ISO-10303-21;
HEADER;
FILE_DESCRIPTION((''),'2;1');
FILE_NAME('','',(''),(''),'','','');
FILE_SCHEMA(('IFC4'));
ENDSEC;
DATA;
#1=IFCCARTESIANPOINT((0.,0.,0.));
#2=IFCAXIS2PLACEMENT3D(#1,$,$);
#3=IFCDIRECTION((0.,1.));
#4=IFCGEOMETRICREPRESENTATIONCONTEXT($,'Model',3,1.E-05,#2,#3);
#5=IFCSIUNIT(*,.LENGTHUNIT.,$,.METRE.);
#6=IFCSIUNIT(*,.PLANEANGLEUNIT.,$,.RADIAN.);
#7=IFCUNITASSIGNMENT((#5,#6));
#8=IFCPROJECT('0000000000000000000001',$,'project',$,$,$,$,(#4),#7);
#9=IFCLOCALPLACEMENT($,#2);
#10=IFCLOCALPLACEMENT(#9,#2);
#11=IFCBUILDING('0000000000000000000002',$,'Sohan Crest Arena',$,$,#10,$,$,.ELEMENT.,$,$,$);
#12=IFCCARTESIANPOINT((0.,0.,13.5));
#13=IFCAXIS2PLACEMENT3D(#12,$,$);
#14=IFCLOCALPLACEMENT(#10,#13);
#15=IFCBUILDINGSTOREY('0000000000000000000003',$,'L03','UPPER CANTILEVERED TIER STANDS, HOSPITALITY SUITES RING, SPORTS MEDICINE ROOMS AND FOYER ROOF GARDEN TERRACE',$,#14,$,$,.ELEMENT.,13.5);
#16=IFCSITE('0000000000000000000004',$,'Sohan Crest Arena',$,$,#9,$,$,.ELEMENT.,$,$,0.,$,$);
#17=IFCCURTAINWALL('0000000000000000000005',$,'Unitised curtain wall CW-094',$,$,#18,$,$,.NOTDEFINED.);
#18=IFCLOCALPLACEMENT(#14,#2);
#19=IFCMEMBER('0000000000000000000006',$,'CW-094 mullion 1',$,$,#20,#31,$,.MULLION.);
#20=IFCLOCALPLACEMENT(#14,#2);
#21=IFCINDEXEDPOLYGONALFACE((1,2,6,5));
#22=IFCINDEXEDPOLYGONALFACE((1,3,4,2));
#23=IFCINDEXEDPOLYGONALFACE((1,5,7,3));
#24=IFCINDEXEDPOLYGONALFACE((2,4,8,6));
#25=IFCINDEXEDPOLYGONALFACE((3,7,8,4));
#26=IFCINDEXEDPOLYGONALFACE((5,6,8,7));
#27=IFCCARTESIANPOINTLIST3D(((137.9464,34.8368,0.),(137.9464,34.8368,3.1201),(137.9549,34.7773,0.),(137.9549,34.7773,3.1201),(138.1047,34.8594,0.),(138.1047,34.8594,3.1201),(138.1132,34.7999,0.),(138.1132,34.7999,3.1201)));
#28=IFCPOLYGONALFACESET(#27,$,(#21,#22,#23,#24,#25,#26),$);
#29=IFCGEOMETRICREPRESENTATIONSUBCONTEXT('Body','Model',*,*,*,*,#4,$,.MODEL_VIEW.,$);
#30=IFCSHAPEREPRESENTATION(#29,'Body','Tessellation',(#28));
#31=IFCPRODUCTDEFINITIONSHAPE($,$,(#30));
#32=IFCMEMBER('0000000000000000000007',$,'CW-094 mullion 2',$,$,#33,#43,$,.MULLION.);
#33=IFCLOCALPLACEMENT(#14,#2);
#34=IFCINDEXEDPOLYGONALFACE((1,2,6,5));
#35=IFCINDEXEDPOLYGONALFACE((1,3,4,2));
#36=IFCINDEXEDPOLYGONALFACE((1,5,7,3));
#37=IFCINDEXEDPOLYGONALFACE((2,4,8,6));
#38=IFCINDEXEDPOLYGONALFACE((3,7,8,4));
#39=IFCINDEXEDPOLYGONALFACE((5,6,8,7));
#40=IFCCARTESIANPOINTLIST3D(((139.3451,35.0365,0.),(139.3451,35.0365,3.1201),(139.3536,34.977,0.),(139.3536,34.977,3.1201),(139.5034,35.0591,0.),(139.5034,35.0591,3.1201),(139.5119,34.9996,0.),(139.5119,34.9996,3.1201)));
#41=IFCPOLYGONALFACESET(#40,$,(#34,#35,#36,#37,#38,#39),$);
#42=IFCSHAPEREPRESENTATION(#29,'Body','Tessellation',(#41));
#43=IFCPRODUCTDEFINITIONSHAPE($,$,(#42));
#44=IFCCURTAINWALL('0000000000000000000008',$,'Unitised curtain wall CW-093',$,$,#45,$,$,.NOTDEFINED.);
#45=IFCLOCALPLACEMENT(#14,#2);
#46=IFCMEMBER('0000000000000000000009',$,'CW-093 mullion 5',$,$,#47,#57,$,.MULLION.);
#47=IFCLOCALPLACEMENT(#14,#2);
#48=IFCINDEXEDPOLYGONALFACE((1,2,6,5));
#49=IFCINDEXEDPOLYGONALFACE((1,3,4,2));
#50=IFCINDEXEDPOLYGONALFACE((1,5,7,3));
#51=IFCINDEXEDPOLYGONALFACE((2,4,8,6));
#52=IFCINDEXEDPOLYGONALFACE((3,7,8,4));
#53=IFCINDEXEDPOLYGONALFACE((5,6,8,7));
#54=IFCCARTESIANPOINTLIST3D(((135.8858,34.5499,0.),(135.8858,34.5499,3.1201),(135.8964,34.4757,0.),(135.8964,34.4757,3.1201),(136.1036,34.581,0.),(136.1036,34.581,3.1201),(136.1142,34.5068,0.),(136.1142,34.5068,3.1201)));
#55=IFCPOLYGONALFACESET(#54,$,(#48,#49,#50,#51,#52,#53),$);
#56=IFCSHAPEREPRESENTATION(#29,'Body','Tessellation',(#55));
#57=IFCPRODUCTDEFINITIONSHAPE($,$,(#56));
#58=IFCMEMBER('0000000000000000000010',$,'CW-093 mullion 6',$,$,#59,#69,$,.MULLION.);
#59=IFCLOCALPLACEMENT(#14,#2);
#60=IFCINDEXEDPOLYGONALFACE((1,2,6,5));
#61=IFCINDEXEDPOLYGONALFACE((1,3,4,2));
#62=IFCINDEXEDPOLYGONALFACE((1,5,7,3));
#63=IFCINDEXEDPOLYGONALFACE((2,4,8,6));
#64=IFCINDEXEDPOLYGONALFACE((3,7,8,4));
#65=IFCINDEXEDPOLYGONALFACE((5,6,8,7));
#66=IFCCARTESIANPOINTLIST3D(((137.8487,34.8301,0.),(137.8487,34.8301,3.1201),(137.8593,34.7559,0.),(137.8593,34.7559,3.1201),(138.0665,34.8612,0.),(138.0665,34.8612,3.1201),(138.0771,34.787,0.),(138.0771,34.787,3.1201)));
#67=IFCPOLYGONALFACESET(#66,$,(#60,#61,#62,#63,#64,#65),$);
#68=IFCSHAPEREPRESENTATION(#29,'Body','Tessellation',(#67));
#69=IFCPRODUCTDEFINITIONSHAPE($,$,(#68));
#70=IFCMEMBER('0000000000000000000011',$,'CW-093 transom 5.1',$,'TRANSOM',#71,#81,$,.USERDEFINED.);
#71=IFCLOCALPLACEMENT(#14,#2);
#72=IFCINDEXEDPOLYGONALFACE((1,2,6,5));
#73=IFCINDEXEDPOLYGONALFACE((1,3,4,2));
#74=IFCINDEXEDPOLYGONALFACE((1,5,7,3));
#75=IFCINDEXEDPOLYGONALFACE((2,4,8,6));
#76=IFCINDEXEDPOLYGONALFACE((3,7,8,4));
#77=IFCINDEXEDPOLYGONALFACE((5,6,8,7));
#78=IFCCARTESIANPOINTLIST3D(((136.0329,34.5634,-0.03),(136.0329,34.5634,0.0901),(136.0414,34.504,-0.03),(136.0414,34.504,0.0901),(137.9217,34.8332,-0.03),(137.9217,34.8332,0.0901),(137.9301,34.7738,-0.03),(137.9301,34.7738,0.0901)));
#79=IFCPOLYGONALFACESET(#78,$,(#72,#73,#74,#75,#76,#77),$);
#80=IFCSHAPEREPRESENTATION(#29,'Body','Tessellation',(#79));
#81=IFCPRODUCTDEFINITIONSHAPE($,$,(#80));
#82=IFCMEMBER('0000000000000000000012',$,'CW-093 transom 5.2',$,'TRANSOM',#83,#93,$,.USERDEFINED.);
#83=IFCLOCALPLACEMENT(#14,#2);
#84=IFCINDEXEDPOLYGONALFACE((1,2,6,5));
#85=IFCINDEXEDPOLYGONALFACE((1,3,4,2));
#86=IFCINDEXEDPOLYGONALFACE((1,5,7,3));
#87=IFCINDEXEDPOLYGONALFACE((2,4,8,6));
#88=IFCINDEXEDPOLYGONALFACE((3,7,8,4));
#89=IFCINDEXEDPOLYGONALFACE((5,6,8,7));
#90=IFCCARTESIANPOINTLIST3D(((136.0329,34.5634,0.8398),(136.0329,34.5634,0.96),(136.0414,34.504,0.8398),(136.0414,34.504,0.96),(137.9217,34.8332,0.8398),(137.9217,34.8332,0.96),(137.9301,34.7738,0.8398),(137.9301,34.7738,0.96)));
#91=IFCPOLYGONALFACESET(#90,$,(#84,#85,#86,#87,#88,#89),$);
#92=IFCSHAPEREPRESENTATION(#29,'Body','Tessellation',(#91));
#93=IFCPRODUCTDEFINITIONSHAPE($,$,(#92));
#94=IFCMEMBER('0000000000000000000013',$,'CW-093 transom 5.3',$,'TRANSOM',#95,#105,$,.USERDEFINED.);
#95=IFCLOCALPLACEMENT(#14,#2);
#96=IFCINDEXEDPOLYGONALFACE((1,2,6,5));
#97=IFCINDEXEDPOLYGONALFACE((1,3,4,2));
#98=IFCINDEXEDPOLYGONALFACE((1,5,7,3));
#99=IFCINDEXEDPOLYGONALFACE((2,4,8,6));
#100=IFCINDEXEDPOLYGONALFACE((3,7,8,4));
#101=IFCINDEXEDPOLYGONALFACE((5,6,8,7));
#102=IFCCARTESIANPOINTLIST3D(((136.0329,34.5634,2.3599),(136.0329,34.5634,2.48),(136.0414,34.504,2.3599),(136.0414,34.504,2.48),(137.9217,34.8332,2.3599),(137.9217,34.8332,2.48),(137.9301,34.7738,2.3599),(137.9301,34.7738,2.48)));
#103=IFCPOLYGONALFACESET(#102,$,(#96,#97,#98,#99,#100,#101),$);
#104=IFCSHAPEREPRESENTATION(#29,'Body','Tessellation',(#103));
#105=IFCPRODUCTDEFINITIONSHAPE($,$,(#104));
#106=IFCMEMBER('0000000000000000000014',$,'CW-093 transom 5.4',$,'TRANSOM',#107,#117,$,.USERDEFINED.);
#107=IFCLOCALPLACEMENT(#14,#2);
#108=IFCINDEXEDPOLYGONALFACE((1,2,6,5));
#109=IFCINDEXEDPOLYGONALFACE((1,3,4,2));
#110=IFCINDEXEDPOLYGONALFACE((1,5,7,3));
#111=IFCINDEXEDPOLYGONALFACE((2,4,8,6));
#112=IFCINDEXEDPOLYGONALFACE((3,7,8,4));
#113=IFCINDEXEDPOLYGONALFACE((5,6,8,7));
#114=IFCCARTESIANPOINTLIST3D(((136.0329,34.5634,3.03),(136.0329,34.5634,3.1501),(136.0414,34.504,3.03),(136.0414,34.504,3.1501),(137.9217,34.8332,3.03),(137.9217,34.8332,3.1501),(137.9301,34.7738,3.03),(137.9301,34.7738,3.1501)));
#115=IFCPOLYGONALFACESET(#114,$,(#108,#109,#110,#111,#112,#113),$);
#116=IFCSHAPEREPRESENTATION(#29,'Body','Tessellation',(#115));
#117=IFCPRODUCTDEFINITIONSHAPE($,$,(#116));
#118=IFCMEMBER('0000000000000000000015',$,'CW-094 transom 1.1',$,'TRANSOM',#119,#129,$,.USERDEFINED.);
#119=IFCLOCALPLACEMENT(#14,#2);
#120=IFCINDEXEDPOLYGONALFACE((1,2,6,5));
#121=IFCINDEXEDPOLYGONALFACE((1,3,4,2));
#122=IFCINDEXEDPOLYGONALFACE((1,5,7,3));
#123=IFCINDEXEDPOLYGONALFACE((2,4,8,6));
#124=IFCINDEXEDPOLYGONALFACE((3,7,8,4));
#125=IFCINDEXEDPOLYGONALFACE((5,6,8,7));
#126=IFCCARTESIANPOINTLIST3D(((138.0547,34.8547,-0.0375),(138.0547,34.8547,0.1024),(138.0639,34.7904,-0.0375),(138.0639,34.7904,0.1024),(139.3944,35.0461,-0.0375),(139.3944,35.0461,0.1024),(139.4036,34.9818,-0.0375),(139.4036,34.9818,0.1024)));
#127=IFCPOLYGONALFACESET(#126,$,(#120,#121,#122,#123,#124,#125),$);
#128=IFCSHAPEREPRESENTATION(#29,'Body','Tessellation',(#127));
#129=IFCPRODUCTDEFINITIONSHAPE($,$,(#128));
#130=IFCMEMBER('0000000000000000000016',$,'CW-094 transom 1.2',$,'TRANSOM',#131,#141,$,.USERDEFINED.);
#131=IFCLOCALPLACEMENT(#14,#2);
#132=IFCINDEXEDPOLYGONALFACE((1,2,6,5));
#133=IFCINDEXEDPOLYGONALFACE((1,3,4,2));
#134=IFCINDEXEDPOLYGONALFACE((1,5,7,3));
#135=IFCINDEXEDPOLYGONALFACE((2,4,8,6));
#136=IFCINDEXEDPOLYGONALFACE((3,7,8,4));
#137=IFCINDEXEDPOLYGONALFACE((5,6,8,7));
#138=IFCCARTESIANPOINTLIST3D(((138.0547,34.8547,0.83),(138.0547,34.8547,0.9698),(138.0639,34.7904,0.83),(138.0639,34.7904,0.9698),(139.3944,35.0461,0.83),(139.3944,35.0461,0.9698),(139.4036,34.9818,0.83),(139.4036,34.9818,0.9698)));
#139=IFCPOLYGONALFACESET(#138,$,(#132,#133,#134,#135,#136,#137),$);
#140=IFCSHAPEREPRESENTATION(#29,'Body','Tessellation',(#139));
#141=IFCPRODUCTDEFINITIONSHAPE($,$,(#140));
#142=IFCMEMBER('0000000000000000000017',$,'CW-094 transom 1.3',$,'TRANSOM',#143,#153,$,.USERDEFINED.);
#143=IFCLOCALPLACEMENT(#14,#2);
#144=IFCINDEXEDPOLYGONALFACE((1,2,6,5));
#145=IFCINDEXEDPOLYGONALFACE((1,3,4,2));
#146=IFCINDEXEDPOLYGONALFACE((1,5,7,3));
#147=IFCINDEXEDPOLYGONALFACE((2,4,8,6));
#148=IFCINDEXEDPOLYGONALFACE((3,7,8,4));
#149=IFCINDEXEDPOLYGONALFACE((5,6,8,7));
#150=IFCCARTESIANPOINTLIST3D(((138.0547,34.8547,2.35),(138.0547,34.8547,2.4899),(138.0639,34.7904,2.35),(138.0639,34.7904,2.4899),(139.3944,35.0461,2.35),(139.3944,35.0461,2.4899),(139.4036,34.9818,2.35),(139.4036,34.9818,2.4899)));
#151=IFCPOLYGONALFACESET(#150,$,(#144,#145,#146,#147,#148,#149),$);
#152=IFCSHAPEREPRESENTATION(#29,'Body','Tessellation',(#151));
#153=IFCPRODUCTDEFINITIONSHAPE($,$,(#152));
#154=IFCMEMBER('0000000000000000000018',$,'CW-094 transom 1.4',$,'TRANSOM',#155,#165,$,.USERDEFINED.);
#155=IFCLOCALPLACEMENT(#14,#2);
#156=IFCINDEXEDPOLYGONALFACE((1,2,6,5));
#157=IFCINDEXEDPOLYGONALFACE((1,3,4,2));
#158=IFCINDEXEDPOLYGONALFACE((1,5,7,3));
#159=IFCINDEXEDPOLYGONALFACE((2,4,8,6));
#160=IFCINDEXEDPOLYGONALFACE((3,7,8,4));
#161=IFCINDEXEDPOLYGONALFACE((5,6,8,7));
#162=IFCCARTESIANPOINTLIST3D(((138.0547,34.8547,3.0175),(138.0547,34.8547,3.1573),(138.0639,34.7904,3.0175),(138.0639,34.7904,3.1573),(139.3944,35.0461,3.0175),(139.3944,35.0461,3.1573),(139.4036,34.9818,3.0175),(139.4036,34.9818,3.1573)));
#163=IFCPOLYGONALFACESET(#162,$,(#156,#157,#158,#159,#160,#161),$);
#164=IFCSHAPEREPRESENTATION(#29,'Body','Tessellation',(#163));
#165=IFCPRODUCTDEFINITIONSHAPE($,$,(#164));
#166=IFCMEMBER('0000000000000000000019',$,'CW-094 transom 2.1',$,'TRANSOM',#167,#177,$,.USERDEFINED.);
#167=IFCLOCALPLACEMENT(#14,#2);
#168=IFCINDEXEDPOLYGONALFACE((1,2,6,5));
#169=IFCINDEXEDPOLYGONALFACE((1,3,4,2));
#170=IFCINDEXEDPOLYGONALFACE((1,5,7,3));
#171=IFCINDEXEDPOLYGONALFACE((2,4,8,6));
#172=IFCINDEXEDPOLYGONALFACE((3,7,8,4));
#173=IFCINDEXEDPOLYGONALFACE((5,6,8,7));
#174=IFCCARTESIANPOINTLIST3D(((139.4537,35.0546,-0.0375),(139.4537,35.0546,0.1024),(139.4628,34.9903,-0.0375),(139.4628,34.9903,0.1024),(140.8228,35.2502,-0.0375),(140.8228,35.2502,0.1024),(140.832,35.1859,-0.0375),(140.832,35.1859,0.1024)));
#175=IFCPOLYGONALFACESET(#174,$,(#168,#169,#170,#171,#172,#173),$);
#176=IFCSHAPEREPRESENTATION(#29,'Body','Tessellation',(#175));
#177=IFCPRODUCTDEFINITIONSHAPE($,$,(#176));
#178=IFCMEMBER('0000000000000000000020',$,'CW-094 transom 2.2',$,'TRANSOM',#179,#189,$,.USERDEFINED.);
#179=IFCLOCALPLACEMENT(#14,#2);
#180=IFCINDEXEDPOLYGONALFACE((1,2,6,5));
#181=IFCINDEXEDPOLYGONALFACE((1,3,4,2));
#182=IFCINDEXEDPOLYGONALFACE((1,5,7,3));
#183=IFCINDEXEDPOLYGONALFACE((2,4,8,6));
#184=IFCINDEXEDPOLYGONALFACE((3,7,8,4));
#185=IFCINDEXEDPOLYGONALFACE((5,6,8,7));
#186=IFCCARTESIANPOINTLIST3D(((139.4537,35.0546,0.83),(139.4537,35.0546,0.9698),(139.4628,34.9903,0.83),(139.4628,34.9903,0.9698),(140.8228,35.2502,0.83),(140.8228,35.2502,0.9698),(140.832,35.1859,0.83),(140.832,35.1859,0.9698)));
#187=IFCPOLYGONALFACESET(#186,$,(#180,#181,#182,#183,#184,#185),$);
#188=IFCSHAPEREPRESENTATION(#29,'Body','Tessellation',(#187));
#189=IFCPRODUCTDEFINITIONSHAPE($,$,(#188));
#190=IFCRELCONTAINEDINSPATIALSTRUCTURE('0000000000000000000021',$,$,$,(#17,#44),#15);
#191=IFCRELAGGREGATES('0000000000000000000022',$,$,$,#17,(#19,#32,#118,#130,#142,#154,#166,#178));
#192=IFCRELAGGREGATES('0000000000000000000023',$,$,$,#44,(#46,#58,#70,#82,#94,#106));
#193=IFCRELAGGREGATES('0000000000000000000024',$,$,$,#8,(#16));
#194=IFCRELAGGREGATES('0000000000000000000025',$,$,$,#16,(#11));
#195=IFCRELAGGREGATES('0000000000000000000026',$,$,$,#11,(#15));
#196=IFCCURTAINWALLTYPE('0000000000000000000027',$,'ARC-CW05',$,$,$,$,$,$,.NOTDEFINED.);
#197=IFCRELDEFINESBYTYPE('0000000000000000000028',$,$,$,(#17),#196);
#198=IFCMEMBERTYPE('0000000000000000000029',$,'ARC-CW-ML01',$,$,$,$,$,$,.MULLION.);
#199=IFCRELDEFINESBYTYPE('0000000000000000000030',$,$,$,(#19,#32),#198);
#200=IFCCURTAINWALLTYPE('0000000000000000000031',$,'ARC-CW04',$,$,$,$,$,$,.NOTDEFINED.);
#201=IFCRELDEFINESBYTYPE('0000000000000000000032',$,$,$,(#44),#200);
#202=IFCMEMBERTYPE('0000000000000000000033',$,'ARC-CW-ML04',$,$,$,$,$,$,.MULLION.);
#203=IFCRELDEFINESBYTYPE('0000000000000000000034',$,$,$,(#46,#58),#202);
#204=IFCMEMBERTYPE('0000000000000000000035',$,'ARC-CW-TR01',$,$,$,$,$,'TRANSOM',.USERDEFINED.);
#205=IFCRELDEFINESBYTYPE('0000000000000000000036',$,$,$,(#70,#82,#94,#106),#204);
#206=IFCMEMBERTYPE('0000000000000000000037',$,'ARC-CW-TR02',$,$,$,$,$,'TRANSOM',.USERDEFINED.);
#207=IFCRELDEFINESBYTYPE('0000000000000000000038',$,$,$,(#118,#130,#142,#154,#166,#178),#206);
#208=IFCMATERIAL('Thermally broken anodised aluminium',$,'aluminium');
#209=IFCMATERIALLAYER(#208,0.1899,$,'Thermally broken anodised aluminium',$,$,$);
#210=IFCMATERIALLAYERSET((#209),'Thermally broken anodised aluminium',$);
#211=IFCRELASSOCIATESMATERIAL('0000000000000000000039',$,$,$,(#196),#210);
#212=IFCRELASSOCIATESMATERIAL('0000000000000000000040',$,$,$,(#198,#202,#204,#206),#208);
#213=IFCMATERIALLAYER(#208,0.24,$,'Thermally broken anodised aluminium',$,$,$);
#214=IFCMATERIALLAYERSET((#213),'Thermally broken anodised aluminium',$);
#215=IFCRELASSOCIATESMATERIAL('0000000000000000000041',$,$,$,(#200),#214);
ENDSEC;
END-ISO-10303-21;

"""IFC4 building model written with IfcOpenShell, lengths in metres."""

from ifc_helpers import new_model, si_unit, direction, frame, origin, origin_2d, place, context, subcontext, project, spatial, rectangle, extrude, material, layer, layer_set, material_profile, profile_set, type_object, element, aggregate, save


model = new_model("IFC4")

# Units and contexts
model_context = context("Model", 3, precision=1e-05, world=origin(), true_north=direction((0.0, 1.0)))
body_context = subcontext(model_context, "Body", "Model", "MODEL_VIEW")
ifc_project = project(units=[si_unit("LENGTHUNIT", "METRE"), si_unit("PLANEANGLEUNIT", "RADIAN")], contexts=[model_context])

# Site, building, storey
site_placement = place(None, origin())
site = spatial("IfcSite", under=ifc_project, at=site_placement, Name="Sohan Crest Arena", CompositionType="ELEMENT", RefElevation=0.0)
building_placement = place(site_placement, origin())
building = spatial("IfcBuilding", under=site, at=building_placement, Name="Sohan Crest Arena", CompositionType="ELEMENT")
storey_placement = place(building_placement, frame((0.0, 0.0, 13.5)))
storey = spatial("IfcBuildingStorey", under=building, at=storey_placement, Name="L03", Description="UPPER CANTILEVERED TIER STANDS, HOSPITALITY SUITES RING, SPORTS MEDICINE ROOMS AND FOYER ROOF GARDEN TERRACE", CompositionType="ELEMENT", Elevation=13.5)

# Curtain walls, members
ifc_material_1 = material(Name="Thermally broken anodised aluminium", Category="aluminium")
ifc_layer_1 = layer(ifc_material_1, 0.1899, Name="Thermally broken anodised aluminium")
ifc_layer_set_1 = layer_set([ifc_layer_1], Name="Thermally broken anodised aluminium")
curtain_wall_type_1 = type_object("IfcCurtainWallType", Name="ARC-CW05", PredefinedType="NOTDEFINED", material=ifc_layer_set_1)
curtain_wall_1_placement = place(storey_placement, origin())
curtain_wall_1 = element("IfcCurtainWall", 1, at=curtain_wall_1_placement, inside=storey, type_object=curtain_wall_type_1, Name="Unitised curtain wall CW-094", PredefinedType="NOTDEFINED")
ifc_material_profile_1 = material_profile(ifc_material_1, rectangle(XDim=0.0601, YDim=0.1599, at=origin_2d()), Name="ALU-MULL 60x160")
ifc_profile_set_1 = profile_set([ifc_material_profile_1], Name="Thermally broken anodised aluminium")
member_type_1 = type_object("IfcMemberType", Name="ARC-CW-ML01", PredefinedType="MULLION", material=ifc_profile_set_1)
member_1_placement = place(storey_placement, frame((138.0298, 34.8184, 0.0), z_axis=(0.0, 0.0, 1.0), x_axis=(-0.141463, 0.989944, 0.0)))
member_1 = element("IfcMember", 2, at=member_1_placement, type_object=member_type_1, Name="CW-094 mullion 1", PredefinedType="MULLION", context=body_context, shape_type="SweptSolid", body=[
    extrude(rectangle(XDim=0.0601, YDim=0.1599, at=origin_2d()), origin(), (0.0, 0.0, 1.0), 3.1201),
])
member_2_placement = place(storey_placement, frame((139.4285, 35.0181, 0.0), z_axis=(0.0, 0.0, 1.0), x_axis=(-0.141463, 0.989944, 0.0)))
member_2 = element("IfcMember", 3, at=member_2_placement, type_object=member_type_1, Name="CW-094 mullion 2", PredefinedType="MULLION", context=body_context, shape_type="SweptSolid", body=[
    extrude(rectangle(XDim=0.0601, YDim=0.1599, at=origin_2d()), origin(), (0.0, 0.0, 1.0), 3.1201),
])
ifc_layer_2 = layer(ifc_material_1, 0.24, Name="Thermally broken anodised aluminium")
ifc_layer_set_2 = layer_set([ifc_layer_2], Name="Thermally broken anodised aluminium")
curtain_wall_type_2 = type_object("IfcCurtainWallType", Name="ARC-CW04", PredefinedType="NOTDEFINED", material=ifc_layer_set_2)
curtain_wall_2_placement = place(storey_placement, origin())
curtain_wall_2 = element("IfcCurtainWall", 4, at=curtain_wall_2_placement, inside=storey, type_object=curtain_wall_type_2, Name="Unitised curtain wall CW-093", PredefinedType="NOTDEFINED")
ifc_material_profile_2 = material_profile(ifc_material_1, rectangle(XDim=0.075, YDim=0.22, at=origin_2d()), Name="ALU-MULL 75x220")
ifc_profile_set_2 = profile_set([ifc_material_profile_2], Name="Thermally broken anodised aluminium")
member_type_2 = type_object("IfcMemberType", Name="ARC-CW-ML04", PredefinedType="MULLION", material=ifc_profile_set_2)
member_3_placement = place(storey_placement, frame((136.0, 34.5283, 0.0), z_axis=(0.0, 0.0, 1.0), x_axis=(-0.141366, 0.989957, 0.0)))
member_3 = element("IfcMember", 5, at=member_3_placement, type_object=member_type_2, Name="CW-093 mullion 5", PredefinedType="MULLION", context=body_context, shape_type="SweptSolid", body=[
    extrude(rectangle(XDim=0.075, YDim=0.22, at=origin_2d()), origin(), (0.0, 0.0, 1.0), 3.1201),
])
member_4_placement = place(storey_placement, frame((137.9629, 34.8086, 0.0), z_axis=(0.0, 0.0, 1.0), x_axis=(-0.141366, 0.989957, 0.0)))
member_4 = element("IfcMember", 6, at=member_4_placement, type_object=member_type_2, Name="CW-093 mullion 6", PredefinedType="MULLION", context=body_context, shape_type="SweptSolid", body=[
    extrude(rectangle(XDim=0.075, YDim=0.22, at=origin_2d()), origin(), (0.0, 0.0, 1.0), 3.1201),
])
ifc_material_profile_3 = material_profile(ifc_material_1, rectangle(XDim=0.0601, YDim=0.1201, at=origin_2d()), Name="ALU-TRAN 60x120")
ifc_profile_set_3 = profile_set([ifc_material_profile_3], Name="Thermally broken anodised aluminium")
member_type_3 = type_object("IfcMemberType", Name="ARC-CW-TR01", ElementType="TRANSOM", PredefinedType="USERDEFINED", material=ifc_profile_set_3)
member_5_placement = place(storey_placement, frame((136.0371, 34.5337, 0.03), z_axis=(0.989952, 0.141403, 0.0), x_axis=(-0.141403, 0.989952, 0.0)))
member_5 = element("IfcMember", 7, at=member_5_placement, type_object=member_type_3, Name="CW-093 transom 5.1", ObjectType="TRANSOM", PredefinedType="USERDEFINED", context=body_context, shape_type="SweptSolid", body=[
    extrude(rectangle(XDim=0.0601, YDim=0.1201, at=origin_2d()), origin(), (0.0, 0.0, 1.0), 1.908),
])
member_6_placement = place(storey_placement, frame((136.0371, 34.5337, 0.8999), z_axis=(0.989952, 0.141403, 0.0), x_axis=(-0.141403, 0.989952, 0.0)))
member_6 = element("IfcMember", 8, at=member_6_placement, type_object=member_type_3, Name="CW-093 transom 5.2", ObjectType="TRANSOM", PredefinedType="USERDEFINED", context=body_context, shape_type="SweptSolid", body=[
    extrude(rectangle(XDim=0.0601, YDim=0.1201, at=origin_2d()), origin(), (0.0, 0.0, 1.0), 1.908),
])
member_7_placement = place(storey_placement, frame((136.0371, 34.5337, 2.4199), z_axis=(0.989952, 0.141403, 0.0), x_axis=(-0.141403, 0.989952, 0.0)))
member_7 = element("IfcMember", 9, at=member_7_placement, type_object=member_type_3, Name="CW-093 transom 5.3", ObjectType="TRANSOM", PredefinedType="USERDEFINED", context=body_context, shape_type="SweptSolid", body=[
    extrude(rectangle(XDim=0.0601, YDim=0.1201, at=origin_2d()), origin(), (0.0, 0.0, 1.0), 1.908),
])
member_8_placement = place(storey_placement, frame((136.0371, 34.5337, 3.0901), z_axis=(0.989952, 0.141403, 0.0), x_axis=(-0.141403, 0.989952, 0.0)))
member_8 = element("IfcMember", 10, at=member_8_placement, type_object=member_type_3, Name="CW-093 transom 5.4", ObjectType="TRANSOM", PredefinedType="USERDEFINED", context=body_context, shape_type="SweptSolid", body=[
    extrude(rectangle(XDim=0.0601, YDim=0.1201, at=origin_2d()), origin(), (0.0, 0.0, 1.0), 1.908),
])

# Members
ifc_material_profile_4 = material_profile(ifc_material_1, rectangle(XDim=0.0649, YDim=0.1399, at=origin_2d()), Name="ALU-TRAN 65x140")
ifc_profile_set_4 = profile_set([ifc_material_profile_4], Name="Thermally broken anodised aluminium")
member_type_4 = type_object("IfcMemberType", Name="ARC-CW-TR02", ElementType="TRANSOM", PredefinedType="USERDEFINED", material=ifc_profile_set_4)
member_9_placement = place(storey_placement, frame((138.0593, 34.8225, 0.0325), z_axis=(0.989946, 0.141447, 0.0), x_axis=(-0.141447, 0.989946, 0.0)))
member_9 = element("IfcMember", 11, at=member_9_placement, type_object=member_type_4, Name="CW-094 transom 1.1", ObjectType="TRANSOM", PredefinedType="USERDEFINED", context=body_context, shape_type="SweptSolid", body=[
    extrude(rectangle(XDim=0.0649, YDim=0.1399, at=origin_2d()), origin(), (0.0, 0.0, 1.0), 1.3533),
])
member_10_placement = place(storey_placement, frame((138.0593, 34.8225, 0.8999), z_axis=(0.989946, 0.141447, 0.0), x_axis=(-0.141447, 0.989946, 0.0)))
member_10 = element("IfcMember", 12, at=member_10_placement, type_object=member_type_4, Name="CW-094 transom 1.2", ObjectType="TRANSOM", PredefinedType="USERDEFINED", context=body_context, shape_type="SweptSolid", body=[
    extrude(rectangle(XDim=0.0649, YDim=0.1399, at=origin_2d()), origin(), (0.0, 0.0, 1.0), 1.3533),
])
member_11_placement = place(storey_placement, frame((138.0593, 34.8225, 2.4199), z_axis=(0.989946, 0.141447, 0.0), x_axis=(-0.141447, 0.989946, 0.0)))
member_11 = element("IfcMember", 13, at=member_11_placement, type_object=member_type_4, Name="CW-094 transom 1.3", ObjectType="TRANSOM", PredefinedType="USERDEFINED", context=body_context, shape_type="SweptSolid", body=[
    extrude(rectangle(XDim=0.0649, YDim=0.1399, at=origin_2d()), origin(), (0.0, 0.0, 1.0), 1.3533),
])
member_12_placement = place(storey_placement, frame((138.0593, 34.8225, 3.0874), z_axis=(0.989946, 0.141447, 0.0), x_axis=(-0.141447, 0.989946, 0.0)))
member_12 = element("IfcMember", 14, at=member_12_placement, type_object=member_type_4, Name="CW-094 transom 1.4", ObjectType="TRANSOM", PredefinedType="USERDEFINED", context=body_context, shape_type="SweptSolid", body=[
    extrude(rectangle(XDim=0.0649, YDim=0.1399, at=origin_2d()), origin(), (0.0, 0.0, 1.0), 1.3533),
])
member_13_placement = place(storey_placement, frame((139.4583, 35.0225, 0.0325), z_axis=(0.989953, 0.141397, 0.0), x_axis=(-0.141397, 0.989953, 0.0)))
member_13 = element("IfcMember", 15, at=member_13_placement, type_object=member_type_4, Name="CW-094 transom 2.1", ObjectType="TRANSOM", PredefinedType="USERDEFINED", context=body_context, shape_type="SweptSolid", body=[
    extrude(rectangle(XDim=0.0649, YDim=0.1399, at=origin_2d()), origin(), (0.0, 0.0, 1.0), 1.3831),
])
member_14_placement = place(storey_placement, frame((139.4583, 35.0225, 0.8999), z_axis=(0.989953, 0.141397, 0.0), x_axis=(-0.141397, 0.989953, 0.0)))
member_14 = element("IfcMember", 16, at=member_14_placement, type_object=member_type_4, Name="CW-094 transom 2.2", ObjectType="TRANSOM", PredefinedType="USERDEFINED", context=body_context, shape_type="SweptSolid", body=[
    extrude(rectangle(XDim=0.0649, YDim=0.1399, at=origin_2d()), origin(), (0.0, 0.0, 1.0), 1.3831),
])

aggregate(curtain_wall_1, [member_1, member_2, member_9, member_10, member_11, member_12, member_13, member_14])
aggregate(curtain_wall_2, [member_3, member_4, member_5, member_6, member_7, member_8])

save(model, "model.ifc")
